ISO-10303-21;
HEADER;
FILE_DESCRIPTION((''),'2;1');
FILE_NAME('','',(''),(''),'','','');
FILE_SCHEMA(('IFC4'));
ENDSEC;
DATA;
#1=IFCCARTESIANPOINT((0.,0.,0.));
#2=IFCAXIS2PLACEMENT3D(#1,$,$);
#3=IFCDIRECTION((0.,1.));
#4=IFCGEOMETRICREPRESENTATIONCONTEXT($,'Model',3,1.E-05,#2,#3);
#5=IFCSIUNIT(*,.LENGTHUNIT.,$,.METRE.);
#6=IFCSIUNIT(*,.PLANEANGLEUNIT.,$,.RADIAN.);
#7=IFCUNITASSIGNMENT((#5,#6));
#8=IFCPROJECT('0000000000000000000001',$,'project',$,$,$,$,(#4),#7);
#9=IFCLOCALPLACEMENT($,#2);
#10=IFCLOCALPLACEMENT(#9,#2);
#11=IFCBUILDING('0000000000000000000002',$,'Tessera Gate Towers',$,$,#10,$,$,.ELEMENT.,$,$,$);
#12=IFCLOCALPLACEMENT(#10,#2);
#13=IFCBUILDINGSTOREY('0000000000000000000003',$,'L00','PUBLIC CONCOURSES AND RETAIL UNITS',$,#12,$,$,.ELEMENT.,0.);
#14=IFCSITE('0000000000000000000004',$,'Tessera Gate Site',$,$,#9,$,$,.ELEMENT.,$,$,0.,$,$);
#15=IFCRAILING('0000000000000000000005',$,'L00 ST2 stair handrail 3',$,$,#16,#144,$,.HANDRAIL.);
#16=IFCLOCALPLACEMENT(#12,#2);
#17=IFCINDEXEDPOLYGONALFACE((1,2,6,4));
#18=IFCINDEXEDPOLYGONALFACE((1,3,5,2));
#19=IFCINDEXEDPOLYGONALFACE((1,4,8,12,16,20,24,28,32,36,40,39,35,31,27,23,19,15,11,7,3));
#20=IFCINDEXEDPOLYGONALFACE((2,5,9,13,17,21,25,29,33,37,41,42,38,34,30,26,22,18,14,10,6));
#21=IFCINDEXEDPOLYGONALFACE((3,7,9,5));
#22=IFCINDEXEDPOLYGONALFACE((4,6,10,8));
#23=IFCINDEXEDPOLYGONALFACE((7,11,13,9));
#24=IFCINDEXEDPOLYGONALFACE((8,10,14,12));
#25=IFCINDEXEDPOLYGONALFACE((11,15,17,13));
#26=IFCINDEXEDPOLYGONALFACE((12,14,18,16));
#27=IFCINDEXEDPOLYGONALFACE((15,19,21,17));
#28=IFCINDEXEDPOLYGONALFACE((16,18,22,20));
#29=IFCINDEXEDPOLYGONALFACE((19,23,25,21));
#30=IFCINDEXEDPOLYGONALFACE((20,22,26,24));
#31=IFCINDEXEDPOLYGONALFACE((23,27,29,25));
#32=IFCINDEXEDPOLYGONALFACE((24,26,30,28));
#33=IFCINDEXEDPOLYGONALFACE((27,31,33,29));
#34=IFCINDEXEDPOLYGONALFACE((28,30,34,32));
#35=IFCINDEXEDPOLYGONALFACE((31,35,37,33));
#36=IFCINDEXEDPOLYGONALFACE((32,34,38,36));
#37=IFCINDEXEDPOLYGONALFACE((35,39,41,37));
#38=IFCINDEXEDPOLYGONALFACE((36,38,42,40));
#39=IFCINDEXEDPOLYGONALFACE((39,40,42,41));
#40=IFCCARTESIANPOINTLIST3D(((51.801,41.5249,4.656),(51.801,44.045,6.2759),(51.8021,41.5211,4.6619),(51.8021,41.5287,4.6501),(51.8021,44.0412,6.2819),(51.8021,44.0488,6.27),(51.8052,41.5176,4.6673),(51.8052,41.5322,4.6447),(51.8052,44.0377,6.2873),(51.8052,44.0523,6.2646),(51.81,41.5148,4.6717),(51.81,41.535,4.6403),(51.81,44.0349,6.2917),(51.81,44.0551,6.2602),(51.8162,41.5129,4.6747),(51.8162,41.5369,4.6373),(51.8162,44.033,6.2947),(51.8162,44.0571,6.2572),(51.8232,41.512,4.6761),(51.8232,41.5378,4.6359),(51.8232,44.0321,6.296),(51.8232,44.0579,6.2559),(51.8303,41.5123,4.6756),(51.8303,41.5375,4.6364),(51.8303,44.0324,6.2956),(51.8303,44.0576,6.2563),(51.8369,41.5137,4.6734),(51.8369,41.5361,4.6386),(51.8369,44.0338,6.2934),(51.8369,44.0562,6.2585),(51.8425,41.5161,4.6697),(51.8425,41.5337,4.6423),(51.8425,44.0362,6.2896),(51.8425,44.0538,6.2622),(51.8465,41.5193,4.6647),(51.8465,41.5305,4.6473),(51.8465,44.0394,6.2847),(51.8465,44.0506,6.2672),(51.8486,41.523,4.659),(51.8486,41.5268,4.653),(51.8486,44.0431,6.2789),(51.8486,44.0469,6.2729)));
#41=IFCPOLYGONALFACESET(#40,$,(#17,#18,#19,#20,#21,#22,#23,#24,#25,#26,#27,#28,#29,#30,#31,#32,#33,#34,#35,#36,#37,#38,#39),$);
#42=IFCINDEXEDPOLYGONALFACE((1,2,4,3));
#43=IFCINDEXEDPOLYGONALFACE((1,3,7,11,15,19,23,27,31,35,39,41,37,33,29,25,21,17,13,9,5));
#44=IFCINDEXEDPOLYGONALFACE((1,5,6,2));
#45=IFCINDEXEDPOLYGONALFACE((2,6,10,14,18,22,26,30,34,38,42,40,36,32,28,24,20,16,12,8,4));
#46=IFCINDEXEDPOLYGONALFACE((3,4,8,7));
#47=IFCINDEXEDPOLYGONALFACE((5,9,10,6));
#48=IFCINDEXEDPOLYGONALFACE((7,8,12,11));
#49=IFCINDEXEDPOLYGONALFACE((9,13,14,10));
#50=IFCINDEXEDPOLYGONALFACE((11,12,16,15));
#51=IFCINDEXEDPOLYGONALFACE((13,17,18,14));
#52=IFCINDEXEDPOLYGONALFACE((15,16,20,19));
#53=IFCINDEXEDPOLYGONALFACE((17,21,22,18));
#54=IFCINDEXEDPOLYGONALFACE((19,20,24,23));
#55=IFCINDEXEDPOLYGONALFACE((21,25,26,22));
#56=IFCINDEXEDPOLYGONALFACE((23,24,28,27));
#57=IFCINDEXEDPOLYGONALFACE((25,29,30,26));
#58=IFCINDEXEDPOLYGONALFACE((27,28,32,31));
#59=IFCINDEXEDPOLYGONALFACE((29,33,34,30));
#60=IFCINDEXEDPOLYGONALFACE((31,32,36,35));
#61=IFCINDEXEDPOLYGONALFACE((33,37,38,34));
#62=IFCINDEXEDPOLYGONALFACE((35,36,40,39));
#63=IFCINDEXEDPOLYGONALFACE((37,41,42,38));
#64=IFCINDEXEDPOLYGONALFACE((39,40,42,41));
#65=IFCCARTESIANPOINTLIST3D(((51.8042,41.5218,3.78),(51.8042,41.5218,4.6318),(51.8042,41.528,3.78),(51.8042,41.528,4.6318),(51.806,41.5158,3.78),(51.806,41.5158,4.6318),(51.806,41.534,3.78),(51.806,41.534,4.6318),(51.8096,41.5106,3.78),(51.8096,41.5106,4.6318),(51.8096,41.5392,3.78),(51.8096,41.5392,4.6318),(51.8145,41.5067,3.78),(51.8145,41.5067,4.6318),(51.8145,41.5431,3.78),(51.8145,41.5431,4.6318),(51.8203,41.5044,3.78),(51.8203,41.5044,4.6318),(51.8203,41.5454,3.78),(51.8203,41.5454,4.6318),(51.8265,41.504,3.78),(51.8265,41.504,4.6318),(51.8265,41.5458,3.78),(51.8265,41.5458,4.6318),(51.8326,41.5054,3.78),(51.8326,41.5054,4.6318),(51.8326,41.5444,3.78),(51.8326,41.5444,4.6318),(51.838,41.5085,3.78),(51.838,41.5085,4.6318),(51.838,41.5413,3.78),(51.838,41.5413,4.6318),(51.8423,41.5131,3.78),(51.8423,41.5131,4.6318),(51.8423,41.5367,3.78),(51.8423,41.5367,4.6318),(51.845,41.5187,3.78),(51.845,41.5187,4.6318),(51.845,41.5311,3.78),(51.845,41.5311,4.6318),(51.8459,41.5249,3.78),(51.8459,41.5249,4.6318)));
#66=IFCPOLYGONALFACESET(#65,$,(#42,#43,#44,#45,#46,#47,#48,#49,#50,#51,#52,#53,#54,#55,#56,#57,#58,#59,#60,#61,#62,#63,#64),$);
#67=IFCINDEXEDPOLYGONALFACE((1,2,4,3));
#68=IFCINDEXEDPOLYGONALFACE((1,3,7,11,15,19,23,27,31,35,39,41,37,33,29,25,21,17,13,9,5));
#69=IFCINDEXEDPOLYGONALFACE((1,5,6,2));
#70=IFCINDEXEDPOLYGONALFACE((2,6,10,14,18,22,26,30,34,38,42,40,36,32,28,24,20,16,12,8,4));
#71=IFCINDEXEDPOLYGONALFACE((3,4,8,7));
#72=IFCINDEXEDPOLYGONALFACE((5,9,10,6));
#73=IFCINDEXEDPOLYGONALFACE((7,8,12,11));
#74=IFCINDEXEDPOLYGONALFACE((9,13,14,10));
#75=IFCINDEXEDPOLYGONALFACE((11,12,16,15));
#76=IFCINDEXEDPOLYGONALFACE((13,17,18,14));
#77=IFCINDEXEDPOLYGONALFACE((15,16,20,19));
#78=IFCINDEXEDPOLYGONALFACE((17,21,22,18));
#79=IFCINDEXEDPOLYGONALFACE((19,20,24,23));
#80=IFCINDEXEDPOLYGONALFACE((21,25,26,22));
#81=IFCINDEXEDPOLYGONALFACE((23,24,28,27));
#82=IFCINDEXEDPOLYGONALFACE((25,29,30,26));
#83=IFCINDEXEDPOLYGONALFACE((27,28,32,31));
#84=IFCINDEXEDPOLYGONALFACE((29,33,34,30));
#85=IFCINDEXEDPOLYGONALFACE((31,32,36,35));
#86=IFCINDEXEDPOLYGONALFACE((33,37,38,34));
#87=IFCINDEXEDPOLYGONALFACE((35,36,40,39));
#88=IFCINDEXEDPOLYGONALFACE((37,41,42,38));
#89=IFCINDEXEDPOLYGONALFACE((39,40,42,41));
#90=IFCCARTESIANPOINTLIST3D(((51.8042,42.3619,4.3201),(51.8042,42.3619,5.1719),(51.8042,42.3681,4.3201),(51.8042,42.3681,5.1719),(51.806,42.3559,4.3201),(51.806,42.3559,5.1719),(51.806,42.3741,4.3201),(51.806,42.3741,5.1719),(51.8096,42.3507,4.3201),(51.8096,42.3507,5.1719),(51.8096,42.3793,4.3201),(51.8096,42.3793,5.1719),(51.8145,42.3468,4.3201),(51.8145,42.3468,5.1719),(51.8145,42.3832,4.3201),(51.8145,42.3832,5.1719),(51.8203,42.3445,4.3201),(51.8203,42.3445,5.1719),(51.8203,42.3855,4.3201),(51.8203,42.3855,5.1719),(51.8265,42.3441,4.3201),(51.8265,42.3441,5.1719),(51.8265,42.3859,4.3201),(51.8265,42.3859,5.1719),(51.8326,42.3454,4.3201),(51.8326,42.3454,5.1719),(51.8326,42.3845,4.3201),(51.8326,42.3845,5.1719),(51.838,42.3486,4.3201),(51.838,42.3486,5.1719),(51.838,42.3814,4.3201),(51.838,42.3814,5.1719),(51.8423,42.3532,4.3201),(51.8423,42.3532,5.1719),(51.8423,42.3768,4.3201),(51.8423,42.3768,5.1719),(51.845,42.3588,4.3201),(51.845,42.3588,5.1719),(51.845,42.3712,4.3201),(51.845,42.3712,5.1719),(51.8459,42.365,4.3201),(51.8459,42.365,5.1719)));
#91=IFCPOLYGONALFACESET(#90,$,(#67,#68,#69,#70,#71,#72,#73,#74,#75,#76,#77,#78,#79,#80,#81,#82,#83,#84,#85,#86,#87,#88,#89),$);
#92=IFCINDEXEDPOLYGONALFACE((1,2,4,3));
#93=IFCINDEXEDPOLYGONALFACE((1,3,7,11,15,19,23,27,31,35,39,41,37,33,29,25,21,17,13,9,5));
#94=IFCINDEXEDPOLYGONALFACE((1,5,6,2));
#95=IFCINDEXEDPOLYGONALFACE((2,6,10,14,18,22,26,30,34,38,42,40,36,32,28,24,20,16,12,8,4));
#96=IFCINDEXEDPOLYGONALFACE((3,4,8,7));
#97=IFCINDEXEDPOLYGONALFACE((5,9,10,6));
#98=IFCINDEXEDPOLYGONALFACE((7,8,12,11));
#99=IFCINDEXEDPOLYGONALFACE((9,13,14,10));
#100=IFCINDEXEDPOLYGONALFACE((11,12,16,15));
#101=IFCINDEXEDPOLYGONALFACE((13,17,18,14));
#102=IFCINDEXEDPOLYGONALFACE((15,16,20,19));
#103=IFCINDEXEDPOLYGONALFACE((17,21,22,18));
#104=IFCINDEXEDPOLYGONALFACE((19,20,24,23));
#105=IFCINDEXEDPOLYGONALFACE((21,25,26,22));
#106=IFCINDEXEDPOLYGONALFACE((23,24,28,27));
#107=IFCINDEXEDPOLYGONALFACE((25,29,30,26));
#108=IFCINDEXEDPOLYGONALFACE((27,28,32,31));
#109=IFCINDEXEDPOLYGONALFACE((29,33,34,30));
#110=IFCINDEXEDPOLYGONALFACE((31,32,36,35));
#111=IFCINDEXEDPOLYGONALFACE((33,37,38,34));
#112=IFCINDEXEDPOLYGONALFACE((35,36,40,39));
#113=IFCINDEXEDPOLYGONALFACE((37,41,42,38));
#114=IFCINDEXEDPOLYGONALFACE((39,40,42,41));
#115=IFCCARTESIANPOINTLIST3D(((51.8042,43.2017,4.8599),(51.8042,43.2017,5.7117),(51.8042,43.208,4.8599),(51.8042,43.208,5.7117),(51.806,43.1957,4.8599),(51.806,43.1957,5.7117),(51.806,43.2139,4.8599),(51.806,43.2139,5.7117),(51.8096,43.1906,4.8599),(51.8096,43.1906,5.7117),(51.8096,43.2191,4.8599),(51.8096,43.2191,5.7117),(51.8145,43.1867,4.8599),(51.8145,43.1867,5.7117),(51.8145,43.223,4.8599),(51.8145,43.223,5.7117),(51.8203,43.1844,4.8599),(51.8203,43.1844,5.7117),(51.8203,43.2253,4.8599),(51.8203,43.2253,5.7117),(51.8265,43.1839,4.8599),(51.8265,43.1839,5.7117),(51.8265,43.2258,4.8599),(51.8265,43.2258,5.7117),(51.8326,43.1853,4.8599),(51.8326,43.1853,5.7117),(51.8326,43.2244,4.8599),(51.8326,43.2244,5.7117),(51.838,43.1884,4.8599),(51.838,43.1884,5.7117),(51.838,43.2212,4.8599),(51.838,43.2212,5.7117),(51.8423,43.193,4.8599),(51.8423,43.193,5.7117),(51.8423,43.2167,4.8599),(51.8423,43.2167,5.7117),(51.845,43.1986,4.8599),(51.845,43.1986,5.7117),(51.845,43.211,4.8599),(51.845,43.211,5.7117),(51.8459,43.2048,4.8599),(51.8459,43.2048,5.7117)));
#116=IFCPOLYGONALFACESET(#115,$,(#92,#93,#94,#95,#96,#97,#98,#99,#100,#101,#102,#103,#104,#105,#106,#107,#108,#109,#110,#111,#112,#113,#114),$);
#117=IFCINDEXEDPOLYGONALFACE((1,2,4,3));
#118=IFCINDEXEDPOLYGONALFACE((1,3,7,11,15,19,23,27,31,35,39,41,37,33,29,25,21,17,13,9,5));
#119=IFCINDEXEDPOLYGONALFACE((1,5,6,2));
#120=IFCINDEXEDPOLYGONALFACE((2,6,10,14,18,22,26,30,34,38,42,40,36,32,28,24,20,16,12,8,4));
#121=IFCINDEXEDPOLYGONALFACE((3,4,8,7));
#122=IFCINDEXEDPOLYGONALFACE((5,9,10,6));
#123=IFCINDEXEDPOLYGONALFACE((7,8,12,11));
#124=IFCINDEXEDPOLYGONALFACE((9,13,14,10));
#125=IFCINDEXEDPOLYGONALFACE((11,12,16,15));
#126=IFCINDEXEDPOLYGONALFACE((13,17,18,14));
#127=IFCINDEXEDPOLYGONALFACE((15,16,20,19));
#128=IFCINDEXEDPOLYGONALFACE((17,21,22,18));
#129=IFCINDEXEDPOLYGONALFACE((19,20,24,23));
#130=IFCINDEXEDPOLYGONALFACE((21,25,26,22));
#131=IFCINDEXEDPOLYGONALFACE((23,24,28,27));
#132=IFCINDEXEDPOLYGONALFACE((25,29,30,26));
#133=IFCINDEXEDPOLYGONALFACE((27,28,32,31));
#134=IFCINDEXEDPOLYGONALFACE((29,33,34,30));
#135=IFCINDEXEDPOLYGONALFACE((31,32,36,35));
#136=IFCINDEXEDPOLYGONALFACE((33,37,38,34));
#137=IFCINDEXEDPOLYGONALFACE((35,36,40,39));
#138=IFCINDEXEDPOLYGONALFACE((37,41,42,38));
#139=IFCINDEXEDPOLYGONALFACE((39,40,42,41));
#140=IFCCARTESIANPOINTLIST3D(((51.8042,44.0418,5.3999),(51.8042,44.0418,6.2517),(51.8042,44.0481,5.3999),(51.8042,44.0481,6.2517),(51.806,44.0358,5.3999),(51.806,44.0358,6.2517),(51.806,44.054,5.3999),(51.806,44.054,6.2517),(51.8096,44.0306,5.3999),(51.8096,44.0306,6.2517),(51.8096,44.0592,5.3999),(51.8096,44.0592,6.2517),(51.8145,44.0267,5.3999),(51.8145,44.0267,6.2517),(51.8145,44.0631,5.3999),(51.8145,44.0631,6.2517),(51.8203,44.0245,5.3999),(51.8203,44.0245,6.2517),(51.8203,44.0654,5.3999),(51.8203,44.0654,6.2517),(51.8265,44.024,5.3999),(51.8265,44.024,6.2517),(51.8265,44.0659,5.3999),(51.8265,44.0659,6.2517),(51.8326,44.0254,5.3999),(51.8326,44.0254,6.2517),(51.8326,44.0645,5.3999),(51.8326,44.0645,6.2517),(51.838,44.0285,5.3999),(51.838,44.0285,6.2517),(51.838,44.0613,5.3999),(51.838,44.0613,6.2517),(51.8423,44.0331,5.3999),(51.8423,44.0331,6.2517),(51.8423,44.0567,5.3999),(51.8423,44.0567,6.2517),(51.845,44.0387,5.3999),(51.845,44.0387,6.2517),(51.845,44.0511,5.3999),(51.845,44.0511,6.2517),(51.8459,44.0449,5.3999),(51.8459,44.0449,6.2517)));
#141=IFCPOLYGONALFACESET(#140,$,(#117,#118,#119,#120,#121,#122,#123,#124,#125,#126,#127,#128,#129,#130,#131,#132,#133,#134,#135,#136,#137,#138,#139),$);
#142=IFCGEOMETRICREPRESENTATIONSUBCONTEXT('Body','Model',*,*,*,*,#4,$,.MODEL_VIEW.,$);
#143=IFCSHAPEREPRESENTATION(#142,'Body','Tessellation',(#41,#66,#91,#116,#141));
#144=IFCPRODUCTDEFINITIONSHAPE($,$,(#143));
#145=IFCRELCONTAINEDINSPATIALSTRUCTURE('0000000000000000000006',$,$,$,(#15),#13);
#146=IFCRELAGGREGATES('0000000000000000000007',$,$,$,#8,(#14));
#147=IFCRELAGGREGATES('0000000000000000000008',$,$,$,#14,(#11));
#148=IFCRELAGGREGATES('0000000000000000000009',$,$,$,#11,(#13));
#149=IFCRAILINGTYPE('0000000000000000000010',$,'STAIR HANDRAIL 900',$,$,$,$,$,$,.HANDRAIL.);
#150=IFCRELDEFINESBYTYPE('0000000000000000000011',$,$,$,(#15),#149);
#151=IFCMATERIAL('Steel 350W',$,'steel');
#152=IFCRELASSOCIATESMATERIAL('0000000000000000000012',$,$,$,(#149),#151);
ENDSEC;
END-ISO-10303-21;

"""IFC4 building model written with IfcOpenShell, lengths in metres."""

from ifc_helpers import new_model, si_unit, direction, frame, origin, origin_2d, place, context, subcontext, project, spatial, circle, extrude, material, type_object, element, save


model = new_model("IFC4")

# Units and contexts
model_context = context("Model", 3, precision=1e-05, world=origin(), true_north=direction((0.0, 1.0)))
body_context = subcontext(model_context, "Body", "Model", "MODEL_VIEW")
ifc_project = project(units=[si_unit("LENGTHUNIT", "METRE"), si_unit("PLANEANGLEUNIT", "RADIAN")], contexts=[model_context])

# Site, building, storey
site_placement = place(None, origin())
site = spatial("IfcSite", under=ifc_project, at=site_placement, Name="Tessera Gate Site", CompositionType="ELEMENT", RefElevation=0.0)
building_placement = place(site_placement, origin())
building = spatial("IfcBuilding", under=site, at=building_placement, Name="Tessera Gate Towers", CompositionType="ELEMENT")
storey_placement = place(building_placement, origin())
storey = spatial("IfcBuildingStorey", under=building, at=storey_placement, Name="L00", Description="PUBLIC CONCOURSES AND RETAIL UNITS", CompositionType="ELEMENT", Elevation=0.0)

# Railing
ifc_material_1 = material(Name="Steel 350W", Category="steel")
railing_type_1 = type_object("IfcRailingType", Name="STAIR HANDRAIL 900", PredefinedType="HANDRAIL", material=ifc_material_1)
railing_1_placement = place(storey_placement, frame((51.825, 41.5249, 3.78)))
element("IfcRailing", 1, at=railing_1_placement, inside=storey, type_object=railing_type_1, Name="L00 ST2 stair handrail 3", PredefinedType="HANDRAIL", context=body_context, shape_type="SweptSolid", body=[
    extrude(circle(Radius=0.0239, at=origin_2d()), frame((0.0, 0.0, 0.876), z_axis=(0.0, 0.8412, 0.540725), x_axis=(-1.0, 0.0, 0.0)), (0.0, 0.0, 1.0), 2.9958),
    extrude(circle(Radius=0.021, at=origin_2d()), origin(), (0.0, 0.0, 1.0), 0.8518),
    extrude(circle(Radius=0.021, at=origin_2d()), frame((0.0, 0.8401, 0.54)), (0.0, 0.0, 1.0), 0.8518),
    extrude(circle(Radius=0.021, at=origin_2d()), frame((0.0, 1.6799, 1.0798)), (0.0, 0.0, 1.0), 0.8518),
    extrude(circle(Radius=0.021, at=origin_2d()), frame((0.0, 2.52, 1.6199)), (0.0, 0.0, 1.0), 0.8518),
])

save(model, "model.ifc")
